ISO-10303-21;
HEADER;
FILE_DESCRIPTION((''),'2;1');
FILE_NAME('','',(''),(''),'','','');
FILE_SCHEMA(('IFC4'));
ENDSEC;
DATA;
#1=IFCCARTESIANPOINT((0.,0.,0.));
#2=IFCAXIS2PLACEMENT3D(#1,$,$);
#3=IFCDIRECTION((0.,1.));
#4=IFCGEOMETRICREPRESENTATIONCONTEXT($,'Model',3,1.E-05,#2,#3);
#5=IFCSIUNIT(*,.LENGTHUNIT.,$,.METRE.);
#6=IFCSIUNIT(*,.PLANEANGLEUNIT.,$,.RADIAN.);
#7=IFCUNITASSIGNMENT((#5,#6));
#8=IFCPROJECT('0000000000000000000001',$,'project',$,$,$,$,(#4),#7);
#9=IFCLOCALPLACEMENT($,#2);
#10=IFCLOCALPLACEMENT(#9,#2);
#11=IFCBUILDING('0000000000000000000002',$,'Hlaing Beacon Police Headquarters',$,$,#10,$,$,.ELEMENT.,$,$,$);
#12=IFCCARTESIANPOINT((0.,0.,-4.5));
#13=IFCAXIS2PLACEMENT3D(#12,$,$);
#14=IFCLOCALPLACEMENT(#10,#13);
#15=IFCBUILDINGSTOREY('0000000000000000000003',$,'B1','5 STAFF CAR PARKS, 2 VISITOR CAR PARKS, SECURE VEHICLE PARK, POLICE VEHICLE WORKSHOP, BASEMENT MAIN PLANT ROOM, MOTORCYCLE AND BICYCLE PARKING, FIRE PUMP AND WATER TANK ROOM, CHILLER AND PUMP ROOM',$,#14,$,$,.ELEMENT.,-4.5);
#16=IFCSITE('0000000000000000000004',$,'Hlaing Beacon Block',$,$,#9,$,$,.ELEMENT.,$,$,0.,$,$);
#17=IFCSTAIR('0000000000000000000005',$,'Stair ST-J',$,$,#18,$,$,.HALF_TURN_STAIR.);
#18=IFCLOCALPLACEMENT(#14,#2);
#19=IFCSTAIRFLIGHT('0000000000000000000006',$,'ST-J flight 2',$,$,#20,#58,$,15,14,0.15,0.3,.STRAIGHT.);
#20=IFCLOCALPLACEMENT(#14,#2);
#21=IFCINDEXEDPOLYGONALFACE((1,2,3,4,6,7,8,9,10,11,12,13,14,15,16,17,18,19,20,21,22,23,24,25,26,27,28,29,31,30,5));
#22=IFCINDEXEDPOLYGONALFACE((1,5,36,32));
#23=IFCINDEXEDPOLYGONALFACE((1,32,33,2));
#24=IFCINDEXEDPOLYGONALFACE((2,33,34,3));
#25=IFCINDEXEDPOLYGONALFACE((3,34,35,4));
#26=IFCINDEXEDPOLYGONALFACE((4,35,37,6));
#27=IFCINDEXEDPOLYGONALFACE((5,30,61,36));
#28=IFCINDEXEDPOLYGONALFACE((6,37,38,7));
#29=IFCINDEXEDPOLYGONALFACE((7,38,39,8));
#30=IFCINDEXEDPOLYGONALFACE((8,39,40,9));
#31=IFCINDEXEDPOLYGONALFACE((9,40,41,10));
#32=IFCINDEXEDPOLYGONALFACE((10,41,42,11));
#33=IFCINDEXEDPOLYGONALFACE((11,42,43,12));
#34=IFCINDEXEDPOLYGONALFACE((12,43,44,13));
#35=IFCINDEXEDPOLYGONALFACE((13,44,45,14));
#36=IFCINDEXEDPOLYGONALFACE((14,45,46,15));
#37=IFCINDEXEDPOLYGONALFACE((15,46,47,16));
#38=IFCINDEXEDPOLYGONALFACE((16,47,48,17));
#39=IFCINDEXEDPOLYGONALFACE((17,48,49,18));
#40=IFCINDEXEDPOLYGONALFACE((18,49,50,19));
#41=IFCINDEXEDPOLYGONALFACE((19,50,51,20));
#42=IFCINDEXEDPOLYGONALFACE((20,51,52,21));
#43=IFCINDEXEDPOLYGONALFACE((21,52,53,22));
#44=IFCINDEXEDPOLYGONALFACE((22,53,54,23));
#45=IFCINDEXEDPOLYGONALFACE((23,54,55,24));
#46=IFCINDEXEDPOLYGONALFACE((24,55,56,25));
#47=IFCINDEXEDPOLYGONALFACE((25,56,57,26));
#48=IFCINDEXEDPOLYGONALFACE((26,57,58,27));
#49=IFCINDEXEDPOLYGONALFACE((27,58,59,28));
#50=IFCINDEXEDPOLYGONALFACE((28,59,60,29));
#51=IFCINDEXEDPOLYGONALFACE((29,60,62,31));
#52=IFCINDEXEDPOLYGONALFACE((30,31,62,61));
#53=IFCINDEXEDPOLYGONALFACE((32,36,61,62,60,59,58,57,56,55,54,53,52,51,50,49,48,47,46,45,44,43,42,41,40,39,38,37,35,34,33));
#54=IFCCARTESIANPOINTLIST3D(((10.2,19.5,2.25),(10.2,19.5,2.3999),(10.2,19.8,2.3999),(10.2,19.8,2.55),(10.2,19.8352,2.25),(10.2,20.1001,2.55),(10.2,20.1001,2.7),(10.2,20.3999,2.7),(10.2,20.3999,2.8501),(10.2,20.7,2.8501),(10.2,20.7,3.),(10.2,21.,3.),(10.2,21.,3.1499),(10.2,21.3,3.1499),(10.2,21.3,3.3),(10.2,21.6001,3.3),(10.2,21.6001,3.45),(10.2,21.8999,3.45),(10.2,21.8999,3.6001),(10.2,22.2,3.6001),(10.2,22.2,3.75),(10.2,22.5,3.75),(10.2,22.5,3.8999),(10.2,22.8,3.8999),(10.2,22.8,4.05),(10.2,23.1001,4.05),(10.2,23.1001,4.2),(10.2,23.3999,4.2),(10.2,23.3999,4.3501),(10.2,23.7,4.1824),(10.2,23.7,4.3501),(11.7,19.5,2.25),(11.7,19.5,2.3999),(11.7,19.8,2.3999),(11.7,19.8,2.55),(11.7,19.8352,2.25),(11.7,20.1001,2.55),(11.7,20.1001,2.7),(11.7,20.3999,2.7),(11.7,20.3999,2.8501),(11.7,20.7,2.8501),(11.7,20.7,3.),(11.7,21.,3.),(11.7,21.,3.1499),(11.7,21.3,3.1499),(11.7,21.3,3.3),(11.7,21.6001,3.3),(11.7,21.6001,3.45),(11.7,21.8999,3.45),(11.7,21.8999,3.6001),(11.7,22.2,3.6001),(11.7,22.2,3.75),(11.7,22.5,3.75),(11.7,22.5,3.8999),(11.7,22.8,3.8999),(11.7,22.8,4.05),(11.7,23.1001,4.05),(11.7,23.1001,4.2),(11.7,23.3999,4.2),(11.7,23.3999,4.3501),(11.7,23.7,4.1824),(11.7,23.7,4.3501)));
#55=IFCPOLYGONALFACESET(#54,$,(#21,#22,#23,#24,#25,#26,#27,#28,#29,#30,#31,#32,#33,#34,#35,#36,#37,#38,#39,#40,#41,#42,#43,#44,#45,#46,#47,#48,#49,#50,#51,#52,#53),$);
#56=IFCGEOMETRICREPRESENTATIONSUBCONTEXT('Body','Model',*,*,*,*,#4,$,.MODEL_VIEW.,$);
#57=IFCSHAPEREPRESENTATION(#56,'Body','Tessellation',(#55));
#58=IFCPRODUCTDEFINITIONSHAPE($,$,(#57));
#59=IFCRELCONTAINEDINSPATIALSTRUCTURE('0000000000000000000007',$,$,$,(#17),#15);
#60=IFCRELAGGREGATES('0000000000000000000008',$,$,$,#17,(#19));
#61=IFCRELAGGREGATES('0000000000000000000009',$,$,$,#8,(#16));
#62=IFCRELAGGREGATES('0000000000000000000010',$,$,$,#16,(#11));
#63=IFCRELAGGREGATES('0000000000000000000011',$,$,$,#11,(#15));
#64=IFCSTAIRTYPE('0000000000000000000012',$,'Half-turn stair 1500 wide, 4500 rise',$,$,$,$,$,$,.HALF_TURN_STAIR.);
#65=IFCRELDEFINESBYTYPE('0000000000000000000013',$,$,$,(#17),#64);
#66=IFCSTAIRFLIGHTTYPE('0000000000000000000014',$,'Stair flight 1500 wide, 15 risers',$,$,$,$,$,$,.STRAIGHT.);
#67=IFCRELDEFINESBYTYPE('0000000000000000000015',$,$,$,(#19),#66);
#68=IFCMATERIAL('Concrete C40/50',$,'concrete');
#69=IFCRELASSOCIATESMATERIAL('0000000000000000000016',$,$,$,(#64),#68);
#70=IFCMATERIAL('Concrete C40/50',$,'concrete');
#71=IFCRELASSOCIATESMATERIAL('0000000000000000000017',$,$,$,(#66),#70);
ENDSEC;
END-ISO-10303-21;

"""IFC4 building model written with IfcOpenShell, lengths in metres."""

from ifc_helpers import new_model, si_unit, direction, frame, origin, place, context, subcontext, project, spatial, polyline, outline, extrude, material, type_object, element, aggregate, save


model = new_model("IFC4")

# Units and contexts
model_context = context("Model", 3, precision=1e-05, world=origin(), true_north=direction((0.0, 1.0)))
body_context = subcontext(model_context, "Body", "Model", "MODEL_VIEW")
ifc_project = project(units=[si_unit("LENGTHUNIT", "METRE"), si_unit("PLANEANGLEUNIT", "RADIAN")], contexts=[model_context])

# Site, building, storey
site_placement = place(None, origin())
site = spatial("IfcSite", under=ifc_project, at=site_placement, Name="Hlaing Beacon Block", CompositionType="ELEMENT", RefElevation=0.0)
building_placement = place(site_placement, origin())
building = spatial("IfcBuilding", under=site, at=building_placement, Name="Hlaing Beacon Police Headquarters", CompositionType="ELEMENT")
storey_placement = place(building_placement, frame((0.0, 0.0, -4.5)))
storey = spatial("IfcBuildingStorey", under=building, at=storey_placement, Name="B1", Description="5 STAFF CAR PARKS, 2 VISITOR CAR PARKS, SECURE VEHICLE PARK, POLICE VEHICLE WORKSHOP, BASEMENT MAIN PLANT ROOM, MOTORCYCLE AND BICYCLE PARKING, FIRE PUMP AND WATER TANK ROOM, CHILLER AND PUMP ROOM", CompositionType="ELEMENT", Elevation=-4.5)

# Stair, stair flight
ifc_material_1 = material(Name="Concrete C40/50", Category="concrete")
stair_type = type_object("IfcStairType", Name="Half-turn stair 1500 wide, 4500 rise", PredefinedType="HALF_TURN_STAIR", material=ifc_material_1)
stair_placement = place(storey_placement, origin())
stair = element("IfcStair", 1, at=stair_placement, inside=storey, type_object=stair_type, Name="Stair ST-J", PredefinedType="HALF_TURN_STAIR")
ifc_material_2 = material(Name="Concrete C40/50", Category="concrete")
stair_flight_type = type_object("IfcStairFlightType", Name="Stair flight 1500 wide, 15 risers", PredefinedType="STRAIGHT", material=ifc_material_2)
stair_flight_1_placement = place(storey_placement, frame((10.95, 19.5, 2.25), z_axis=(0.0, 0.0, 1.0), x_axis=(0.0, 1.0, 0.0)))
stair_flight_1 = element("IfcStairFlight", 2, at=stair_flight_1_placement, type_object=stair_flight_type, Name="ST-J flight 2", NumberOfRisers=15, NumberOfTreads=14, PredefinedType="STRAIGHT", RiserHeight=0.15, TreadLength=0.3, context=body_context, shape_type="SweptSolid", body=[
    extrude(outline(polyline([(0.0, 0.0), (0.0, 0.1499), (0.3, 0.1499), (0.3, 0.3), (0.6001, 0.3), (0.6001, 0.45), (0.8999, 0.45), (0.8999, 0.6001), (1.2, 0.6001), (1.2, 0.75), (1.5, 0.75), (1.5, 0.8999), (1.8, 0.8999), (1.8, 1.05), (2.1001, 1.05), (2.1001, 1.2), (2.3999, 1.2), (2.3999, 1.3501), (2.7, 1.3501), (2.7, 1.5), (3.0, 1.5), (3.0, 1.6499), (3.3, 1.6499), (3.3, 1.8), (3.6001, 1.8), (3.6001, 1.95), (3.8999, 1.95), (3.8999, 2.1001), (4.2, 2.1001), (4.2, 2.25), (4.2, 1.9324), (0.3352, 0.0), (0.0, 0.0)])), frame((0.0, 0.75, 0.0), z_axis=(0.0, -1.0, 0.0), x_axis=(1.0, 0.0, 0.0)), (0.0, 0.0, 1.0), 1.5),
])
aggregate(stair, [stair_flight_1])

save(model, "model.ifc")
